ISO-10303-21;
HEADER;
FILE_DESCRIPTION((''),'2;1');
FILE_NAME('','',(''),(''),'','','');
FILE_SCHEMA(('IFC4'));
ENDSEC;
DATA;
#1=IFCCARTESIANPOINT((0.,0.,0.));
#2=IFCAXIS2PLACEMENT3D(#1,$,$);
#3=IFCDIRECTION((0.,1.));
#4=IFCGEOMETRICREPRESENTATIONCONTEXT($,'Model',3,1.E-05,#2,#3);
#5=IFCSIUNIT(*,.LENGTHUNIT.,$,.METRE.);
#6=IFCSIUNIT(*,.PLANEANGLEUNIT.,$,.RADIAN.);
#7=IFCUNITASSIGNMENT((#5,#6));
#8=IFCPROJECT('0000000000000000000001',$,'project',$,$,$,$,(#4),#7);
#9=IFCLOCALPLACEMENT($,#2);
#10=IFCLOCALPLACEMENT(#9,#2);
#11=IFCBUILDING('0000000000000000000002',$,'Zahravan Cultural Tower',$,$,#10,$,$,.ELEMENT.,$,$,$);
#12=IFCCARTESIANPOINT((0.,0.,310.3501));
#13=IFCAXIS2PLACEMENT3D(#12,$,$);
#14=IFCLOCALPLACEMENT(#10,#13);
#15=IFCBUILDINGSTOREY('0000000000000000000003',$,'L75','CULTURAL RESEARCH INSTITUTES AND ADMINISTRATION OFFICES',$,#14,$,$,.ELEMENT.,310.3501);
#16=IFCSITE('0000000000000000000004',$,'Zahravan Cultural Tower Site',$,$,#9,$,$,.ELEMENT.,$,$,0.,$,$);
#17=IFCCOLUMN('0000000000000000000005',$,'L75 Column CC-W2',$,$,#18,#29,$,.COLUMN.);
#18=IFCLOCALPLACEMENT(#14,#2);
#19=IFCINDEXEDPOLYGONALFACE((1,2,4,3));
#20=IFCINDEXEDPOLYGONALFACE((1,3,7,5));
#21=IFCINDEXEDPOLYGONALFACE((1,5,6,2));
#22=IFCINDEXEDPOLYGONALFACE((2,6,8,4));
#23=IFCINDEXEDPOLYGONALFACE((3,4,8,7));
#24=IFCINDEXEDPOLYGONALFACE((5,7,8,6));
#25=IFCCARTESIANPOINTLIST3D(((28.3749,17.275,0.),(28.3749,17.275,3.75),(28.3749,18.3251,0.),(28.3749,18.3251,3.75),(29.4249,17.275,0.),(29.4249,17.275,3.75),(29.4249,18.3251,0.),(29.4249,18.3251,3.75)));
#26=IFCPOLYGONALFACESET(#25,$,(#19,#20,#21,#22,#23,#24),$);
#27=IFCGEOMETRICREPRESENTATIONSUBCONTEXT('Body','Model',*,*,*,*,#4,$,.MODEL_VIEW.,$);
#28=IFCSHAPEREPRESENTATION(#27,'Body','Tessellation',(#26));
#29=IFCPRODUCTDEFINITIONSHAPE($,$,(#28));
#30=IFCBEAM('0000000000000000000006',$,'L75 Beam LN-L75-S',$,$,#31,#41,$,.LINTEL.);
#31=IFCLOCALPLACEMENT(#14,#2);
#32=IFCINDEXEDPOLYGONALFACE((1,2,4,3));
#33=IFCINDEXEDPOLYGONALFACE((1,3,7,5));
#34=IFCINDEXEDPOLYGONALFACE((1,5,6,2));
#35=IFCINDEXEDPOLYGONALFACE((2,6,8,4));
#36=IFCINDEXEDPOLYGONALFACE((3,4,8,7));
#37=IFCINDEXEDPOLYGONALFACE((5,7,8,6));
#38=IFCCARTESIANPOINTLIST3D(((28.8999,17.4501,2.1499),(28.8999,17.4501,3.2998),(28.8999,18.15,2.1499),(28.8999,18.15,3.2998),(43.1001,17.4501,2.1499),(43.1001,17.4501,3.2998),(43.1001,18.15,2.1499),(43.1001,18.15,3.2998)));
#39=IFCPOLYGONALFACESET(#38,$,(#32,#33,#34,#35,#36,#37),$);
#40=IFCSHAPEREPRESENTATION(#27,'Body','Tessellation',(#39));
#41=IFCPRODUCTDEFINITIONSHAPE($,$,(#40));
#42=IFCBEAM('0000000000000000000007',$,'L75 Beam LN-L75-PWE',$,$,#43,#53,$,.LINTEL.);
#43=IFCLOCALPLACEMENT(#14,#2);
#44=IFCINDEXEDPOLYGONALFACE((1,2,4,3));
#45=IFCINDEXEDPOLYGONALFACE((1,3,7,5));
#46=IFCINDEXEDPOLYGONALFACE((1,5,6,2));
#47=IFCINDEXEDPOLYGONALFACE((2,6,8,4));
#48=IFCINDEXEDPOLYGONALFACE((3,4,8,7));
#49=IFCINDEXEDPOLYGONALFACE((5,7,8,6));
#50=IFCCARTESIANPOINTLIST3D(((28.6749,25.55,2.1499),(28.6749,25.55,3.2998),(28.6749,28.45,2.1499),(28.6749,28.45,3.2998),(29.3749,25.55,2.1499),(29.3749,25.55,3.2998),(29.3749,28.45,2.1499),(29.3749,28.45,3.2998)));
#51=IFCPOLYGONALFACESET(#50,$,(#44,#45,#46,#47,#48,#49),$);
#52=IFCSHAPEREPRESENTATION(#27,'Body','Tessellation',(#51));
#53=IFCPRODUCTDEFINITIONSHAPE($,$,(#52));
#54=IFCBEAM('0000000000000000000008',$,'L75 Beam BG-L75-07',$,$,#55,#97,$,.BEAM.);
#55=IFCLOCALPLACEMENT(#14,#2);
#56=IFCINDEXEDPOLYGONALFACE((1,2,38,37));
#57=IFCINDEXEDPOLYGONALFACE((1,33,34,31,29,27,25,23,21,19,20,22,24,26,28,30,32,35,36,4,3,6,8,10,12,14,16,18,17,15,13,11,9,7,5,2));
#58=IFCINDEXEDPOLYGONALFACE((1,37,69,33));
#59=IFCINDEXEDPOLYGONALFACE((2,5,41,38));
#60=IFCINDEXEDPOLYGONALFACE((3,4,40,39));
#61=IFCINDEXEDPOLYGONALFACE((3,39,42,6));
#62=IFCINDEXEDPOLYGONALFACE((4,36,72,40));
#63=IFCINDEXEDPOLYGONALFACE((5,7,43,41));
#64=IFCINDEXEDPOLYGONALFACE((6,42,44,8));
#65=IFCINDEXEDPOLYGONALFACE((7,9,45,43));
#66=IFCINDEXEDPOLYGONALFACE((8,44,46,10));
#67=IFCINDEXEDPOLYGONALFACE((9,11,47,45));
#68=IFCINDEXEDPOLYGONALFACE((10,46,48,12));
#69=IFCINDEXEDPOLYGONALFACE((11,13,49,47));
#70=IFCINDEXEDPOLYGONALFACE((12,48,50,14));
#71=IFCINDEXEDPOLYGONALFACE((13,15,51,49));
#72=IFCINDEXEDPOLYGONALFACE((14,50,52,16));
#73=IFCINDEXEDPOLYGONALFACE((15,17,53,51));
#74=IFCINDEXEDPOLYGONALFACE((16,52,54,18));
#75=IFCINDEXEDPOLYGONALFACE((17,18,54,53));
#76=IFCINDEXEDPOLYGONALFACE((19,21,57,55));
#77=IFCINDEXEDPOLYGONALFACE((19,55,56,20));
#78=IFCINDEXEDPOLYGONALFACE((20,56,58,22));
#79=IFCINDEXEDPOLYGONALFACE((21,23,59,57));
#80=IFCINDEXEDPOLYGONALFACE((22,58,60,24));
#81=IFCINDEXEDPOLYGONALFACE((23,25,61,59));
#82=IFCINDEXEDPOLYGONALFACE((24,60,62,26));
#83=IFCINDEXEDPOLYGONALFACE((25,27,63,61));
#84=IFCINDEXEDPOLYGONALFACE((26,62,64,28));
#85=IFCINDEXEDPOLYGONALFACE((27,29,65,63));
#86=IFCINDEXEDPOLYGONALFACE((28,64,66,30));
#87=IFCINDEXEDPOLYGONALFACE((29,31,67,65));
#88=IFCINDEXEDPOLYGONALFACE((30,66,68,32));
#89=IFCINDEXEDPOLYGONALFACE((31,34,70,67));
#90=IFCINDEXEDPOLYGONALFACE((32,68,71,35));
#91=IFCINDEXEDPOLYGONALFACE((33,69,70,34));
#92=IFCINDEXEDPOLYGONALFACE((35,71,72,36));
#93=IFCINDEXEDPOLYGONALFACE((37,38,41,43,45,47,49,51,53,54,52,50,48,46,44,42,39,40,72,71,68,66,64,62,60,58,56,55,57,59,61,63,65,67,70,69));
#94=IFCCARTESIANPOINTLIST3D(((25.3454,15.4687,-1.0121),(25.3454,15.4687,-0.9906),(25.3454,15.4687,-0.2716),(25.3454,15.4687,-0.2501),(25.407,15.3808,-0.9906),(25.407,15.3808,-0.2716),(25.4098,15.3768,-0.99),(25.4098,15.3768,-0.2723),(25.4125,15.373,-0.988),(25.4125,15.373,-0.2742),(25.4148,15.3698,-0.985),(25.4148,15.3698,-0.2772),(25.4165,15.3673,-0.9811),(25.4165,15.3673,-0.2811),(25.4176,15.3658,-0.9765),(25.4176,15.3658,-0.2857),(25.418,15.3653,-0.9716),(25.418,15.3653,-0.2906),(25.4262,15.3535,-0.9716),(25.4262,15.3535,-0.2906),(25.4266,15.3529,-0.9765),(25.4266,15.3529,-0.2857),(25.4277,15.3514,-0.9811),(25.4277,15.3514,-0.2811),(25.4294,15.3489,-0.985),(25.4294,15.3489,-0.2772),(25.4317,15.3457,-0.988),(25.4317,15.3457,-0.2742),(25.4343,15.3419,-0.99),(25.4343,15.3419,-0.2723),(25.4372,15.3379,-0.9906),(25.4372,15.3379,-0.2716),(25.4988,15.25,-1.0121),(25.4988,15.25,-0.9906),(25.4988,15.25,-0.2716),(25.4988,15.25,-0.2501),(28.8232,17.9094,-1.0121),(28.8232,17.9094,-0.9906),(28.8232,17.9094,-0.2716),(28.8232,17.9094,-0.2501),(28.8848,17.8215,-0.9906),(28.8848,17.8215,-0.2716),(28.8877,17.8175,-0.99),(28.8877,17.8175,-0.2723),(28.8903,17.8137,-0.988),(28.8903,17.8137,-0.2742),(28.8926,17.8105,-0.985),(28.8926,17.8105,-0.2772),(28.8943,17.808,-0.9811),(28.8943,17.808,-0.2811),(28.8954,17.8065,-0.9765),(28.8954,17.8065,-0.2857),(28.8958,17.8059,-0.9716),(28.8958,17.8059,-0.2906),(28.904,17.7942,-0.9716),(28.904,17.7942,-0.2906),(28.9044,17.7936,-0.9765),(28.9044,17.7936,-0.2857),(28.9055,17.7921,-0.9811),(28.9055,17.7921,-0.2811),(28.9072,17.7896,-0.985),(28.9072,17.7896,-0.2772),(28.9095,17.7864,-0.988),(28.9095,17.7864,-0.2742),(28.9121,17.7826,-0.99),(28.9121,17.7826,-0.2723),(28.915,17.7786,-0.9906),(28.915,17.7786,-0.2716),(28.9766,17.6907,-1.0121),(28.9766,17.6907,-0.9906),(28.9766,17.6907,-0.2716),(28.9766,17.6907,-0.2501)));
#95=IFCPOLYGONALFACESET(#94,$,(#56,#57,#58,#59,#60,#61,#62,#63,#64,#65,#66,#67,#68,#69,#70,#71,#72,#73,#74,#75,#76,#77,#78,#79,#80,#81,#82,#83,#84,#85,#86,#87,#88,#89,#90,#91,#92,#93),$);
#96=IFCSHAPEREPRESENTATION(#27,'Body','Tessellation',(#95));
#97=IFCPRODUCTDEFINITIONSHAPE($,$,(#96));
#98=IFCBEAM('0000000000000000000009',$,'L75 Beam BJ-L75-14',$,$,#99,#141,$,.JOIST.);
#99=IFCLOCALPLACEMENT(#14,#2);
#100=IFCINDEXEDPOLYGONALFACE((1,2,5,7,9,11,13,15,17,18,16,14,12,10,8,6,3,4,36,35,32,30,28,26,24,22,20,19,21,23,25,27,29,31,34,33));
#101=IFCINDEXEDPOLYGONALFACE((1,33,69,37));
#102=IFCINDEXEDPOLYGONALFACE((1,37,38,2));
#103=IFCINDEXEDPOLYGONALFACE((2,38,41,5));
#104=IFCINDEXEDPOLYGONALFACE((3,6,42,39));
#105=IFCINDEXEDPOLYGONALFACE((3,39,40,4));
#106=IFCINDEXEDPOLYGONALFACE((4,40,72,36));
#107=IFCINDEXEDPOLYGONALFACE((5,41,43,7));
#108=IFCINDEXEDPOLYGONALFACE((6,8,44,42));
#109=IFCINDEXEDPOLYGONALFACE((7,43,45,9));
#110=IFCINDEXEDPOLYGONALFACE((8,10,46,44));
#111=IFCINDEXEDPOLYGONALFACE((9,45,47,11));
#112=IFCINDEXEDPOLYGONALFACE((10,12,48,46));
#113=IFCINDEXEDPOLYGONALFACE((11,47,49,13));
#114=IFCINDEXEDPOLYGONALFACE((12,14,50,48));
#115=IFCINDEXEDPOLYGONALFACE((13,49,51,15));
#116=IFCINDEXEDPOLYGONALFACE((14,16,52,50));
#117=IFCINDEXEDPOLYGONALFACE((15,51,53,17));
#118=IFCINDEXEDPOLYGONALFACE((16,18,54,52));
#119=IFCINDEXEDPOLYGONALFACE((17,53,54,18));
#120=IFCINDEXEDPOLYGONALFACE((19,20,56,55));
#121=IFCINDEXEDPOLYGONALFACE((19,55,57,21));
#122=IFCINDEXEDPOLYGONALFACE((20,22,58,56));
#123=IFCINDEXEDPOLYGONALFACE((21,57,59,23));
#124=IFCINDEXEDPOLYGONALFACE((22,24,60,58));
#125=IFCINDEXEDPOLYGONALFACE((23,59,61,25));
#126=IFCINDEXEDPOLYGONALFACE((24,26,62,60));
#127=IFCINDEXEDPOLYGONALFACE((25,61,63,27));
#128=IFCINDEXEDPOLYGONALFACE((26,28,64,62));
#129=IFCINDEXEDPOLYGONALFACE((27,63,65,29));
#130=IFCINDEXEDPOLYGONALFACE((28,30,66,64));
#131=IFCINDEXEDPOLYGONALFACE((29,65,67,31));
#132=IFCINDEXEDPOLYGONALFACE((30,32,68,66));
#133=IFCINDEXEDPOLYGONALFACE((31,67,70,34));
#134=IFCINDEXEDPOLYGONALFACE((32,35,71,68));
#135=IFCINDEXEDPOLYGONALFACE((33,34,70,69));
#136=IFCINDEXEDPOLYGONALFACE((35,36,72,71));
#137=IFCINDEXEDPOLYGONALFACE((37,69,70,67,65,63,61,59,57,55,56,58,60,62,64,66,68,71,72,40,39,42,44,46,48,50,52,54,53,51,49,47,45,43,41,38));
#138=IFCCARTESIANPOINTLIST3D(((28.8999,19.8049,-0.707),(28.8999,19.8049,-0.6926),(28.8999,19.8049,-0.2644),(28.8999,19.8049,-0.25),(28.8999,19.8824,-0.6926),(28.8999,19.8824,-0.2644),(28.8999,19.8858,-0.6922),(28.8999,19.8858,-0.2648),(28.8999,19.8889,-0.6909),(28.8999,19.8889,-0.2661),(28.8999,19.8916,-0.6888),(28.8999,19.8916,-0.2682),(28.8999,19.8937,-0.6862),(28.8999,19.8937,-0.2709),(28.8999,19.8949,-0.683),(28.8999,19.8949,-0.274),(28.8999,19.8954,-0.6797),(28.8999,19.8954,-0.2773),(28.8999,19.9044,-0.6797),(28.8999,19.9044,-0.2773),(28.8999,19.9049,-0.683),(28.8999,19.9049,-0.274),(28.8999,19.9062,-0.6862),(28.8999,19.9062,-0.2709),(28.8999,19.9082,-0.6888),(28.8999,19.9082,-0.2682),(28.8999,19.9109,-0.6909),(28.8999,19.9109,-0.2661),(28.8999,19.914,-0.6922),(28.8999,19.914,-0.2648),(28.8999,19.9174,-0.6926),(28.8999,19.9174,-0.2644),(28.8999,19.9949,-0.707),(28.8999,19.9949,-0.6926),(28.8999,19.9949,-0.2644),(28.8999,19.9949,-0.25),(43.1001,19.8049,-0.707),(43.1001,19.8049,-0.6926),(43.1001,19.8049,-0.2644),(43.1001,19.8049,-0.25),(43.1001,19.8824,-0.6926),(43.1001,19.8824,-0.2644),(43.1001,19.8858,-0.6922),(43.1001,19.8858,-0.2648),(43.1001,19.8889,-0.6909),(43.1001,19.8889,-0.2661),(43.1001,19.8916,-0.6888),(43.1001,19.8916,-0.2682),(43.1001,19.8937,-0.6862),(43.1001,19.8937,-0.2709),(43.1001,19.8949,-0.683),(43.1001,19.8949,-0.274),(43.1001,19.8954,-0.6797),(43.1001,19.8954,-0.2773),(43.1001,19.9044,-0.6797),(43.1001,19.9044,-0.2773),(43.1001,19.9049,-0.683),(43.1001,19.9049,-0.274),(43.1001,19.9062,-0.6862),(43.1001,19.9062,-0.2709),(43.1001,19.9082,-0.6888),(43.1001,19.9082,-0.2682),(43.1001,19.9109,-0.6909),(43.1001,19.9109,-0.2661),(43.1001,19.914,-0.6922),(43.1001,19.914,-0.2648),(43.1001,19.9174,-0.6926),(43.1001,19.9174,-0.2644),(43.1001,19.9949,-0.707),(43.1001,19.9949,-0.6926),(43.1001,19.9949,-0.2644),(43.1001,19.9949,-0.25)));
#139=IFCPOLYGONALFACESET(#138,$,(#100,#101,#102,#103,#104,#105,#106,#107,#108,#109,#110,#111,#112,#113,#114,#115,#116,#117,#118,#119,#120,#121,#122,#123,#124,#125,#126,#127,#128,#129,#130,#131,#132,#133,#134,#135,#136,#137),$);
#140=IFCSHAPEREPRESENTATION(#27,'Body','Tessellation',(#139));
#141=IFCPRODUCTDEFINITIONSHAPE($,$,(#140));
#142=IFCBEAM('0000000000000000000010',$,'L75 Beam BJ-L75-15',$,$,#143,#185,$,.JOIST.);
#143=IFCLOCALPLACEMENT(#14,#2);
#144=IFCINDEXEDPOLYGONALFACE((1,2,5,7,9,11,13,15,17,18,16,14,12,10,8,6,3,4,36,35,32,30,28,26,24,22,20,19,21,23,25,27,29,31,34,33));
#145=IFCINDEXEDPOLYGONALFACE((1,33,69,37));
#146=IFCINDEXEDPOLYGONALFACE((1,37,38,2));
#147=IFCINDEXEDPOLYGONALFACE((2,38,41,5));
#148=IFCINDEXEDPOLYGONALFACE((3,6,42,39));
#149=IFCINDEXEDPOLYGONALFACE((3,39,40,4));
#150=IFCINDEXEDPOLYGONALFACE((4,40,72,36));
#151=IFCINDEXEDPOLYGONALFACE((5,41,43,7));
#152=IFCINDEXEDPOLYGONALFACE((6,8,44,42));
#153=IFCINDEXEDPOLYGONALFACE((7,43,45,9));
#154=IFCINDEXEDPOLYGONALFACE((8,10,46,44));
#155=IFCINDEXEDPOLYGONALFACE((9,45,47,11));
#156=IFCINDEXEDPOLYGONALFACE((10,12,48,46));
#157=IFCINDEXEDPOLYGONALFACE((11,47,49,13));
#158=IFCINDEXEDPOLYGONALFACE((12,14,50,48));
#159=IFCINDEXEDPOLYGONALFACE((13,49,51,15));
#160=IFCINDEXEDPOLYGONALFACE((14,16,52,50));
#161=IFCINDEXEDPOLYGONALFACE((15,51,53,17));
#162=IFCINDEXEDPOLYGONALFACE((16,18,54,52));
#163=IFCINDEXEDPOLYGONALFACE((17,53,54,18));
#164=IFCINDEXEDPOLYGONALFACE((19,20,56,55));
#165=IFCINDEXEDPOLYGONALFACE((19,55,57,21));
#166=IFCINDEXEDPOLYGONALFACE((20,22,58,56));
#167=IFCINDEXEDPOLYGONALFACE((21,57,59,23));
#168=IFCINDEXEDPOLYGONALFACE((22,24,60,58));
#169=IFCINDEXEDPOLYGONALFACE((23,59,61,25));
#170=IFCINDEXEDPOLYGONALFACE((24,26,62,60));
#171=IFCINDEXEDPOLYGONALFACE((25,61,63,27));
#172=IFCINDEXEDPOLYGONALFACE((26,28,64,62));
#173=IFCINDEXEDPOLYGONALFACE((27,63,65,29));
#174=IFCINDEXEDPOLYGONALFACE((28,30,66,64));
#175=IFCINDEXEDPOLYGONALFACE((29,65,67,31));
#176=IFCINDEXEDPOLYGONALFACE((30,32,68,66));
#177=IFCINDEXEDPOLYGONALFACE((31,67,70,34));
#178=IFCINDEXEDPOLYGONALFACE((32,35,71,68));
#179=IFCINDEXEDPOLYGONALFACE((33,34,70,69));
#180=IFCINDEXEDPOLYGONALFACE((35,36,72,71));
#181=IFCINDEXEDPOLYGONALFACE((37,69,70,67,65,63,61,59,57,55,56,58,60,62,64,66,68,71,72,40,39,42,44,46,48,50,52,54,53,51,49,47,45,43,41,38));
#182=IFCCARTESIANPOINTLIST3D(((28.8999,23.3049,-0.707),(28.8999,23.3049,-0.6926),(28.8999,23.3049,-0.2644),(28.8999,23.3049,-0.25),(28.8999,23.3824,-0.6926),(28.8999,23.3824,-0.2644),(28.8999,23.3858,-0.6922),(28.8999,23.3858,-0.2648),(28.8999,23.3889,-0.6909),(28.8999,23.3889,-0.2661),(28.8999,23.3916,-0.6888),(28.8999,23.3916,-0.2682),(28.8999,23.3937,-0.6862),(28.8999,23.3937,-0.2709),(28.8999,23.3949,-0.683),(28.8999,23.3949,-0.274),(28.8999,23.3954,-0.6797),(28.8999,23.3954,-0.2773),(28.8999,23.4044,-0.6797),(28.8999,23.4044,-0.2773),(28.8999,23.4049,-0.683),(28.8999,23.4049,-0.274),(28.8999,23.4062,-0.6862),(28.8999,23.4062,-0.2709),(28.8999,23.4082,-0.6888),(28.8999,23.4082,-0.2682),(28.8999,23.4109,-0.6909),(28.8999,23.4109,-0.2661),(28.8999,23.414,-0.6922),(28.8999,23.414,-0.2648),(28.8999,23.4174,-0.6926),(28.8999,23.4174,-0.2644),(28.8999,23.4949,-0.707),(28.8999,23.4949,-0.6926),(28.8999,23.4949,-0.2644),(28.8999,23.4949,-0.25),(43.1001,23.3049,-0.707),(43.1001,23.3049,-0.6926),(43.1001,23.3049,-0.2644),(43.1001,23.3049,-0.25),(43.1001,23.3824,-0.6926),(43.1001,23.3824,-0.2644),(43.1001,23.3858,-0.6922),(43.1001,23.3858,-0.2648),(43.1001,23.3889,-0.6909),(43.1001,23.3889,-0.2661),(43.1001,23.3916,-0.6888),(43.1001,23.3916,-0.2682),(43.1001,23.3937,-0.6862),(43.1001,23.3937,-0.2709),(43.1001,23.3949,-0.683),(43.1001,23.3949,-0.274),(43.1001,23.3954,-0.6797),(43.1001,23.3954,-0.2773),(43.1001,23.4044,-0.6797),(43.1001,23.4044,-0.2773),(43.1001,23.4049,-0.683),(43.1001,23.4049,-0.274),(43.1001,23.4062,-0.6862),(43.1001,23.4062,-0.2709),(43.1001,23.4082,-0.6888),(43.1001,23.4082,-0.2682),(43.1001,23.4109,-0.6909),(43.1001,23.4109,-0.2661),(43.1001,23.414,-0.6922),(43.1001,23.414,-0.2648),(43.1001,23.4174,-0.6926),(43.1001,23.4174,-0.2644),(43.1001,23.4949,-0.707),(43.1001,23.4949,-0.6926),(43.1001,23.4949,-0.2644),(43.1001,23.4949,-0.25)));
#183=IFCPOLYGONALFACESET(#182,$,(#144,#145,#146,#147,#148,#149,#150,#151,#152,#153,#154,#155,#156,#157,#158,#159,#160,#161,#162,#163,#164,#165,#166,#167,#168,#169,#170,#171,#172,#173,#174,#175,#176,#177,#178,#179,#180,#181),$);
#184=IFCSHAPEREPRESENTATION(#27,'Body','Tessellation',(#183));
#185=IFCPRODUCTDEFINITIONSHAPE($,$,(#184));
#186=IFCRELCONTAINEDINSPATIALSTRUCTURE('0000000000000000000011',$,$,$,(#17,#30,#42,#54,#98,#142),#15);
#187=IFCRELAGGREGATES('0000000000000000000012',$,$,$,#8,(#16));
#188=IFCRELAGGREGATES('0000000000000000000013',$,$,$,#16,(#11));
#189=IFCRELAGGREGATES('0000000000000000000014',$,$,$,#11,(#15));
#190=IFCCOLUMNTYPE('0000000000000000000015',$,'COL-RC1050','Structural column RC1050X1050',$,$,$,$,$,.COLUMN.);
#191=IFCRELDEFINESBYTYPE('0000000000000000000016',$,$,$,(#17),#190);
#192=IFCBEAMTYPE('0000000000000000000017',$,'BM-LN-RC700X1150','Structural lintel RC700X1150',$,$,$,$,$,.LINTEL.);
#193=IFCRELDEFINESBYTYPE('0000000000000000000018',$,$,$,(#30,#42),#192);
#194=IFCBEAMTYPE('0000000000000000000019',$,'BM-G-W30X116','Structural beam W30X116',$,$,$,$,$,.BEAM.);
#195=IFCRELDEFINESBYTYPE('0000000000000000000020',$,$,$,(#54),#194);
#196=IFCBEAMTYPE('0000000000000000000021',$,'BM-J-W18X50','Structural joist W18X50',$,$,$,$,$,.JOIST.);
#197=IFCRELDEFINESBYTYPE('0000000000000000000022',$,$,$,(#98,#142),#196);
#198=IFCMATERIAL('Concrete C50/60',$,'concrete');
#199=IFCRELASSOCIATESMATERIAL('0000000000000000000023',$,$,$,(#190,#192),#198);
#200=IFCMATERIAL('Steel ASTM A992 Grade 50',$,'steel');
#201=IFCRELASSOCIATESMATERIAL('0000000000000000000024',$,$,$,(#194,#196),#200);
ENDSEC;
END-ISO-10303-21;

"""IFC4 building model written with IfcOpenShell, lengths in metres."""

from ifc_helpers import new_model, si_unit, direction, frame, origin, origin_2d, place, context, subcontext, project, spatial, rectangle, i_section, extrude, source, transform, mapped, material, material_profile, profile_set, type_object, element, save


model = new_model("IFC4")

# Units and contexts
model_context = context("Model", 3, precision=1e-05, world=origin(), true_north=direction((0.0, 1.0)))
body_context = subcontext(model_context, "Body", "Model", "MODEL_VIEW")
ifc_project = project(units=[si_unit("LENGTHUNIT", "METRE"), si_unit("PLANEANGLEUNIT", "RADIAN")], contexts=[model_context])

# Site, building, storey
site_placement = place(None, origin())
site = spatial("IfcSite", under=ifc_project, at=site_placement, Name="Zahravan Cultural Tower Site", CompositionType="ELEMENT", RefElevation=0.0)
building_placement = place(site_placement, origin())
building = spatial("IfcBuilding", under=site, at=building_placement, Name="Zahravan Cultural Tower", CompositionType="ELEMENT")
storey_placement = place(building_placement, frame((0.0, 0.0, 310.3501)))
storey = spatial("IfcBuildingStorey", under=building, at=storey_placement, Name="L75", Description="CULTURAL RESEARCH INSTITUTES AND ADMINISTRATION OFFICES", CompositionType="ELEMENT", Elevation=310.3501)

# Column
ifc_material_1 = material(Name="Concrete C50/60", Category="concrete")
ifc_material_profile_1 = material_profile(ifc_material_1, rectangle(XDim=1.05, YDim=1.05, at=origin_2d()), Name="RC1050X1050")
ifc_profile_set_1 = profile_set([ifc_material_profile_1], Name="Concrete C50/60")
column_type = type_object("IfcColumnType", Name="COL-RC1050", Description="Structural column RC1050X1050", PredefinedType="COLUMN", material=ifc_profile_set_1)
shared_shape_1 = source(origin(), body_context, "Body", "SweptSolid", [
    extrude(rectangle(XDim=1.05, YDim=1.05, at=origin_2d()), origin(), (0.0, 0.0, 1.0), 3.75),
])
column_placement = place(storey_placement, frame((28.8999, 17.8, 0.0), z_axis=(0.0, 0.0, 1.0), x_axis=(1.0, 0.0, 0.0)))
element("IfcColumn", 1, at=column_placement, inside=storey, type_object=column_type, Name="L75 Column CC-W2", PredefinedType="COLUMN", context=body_context, shape_type="MappedRepresentation", body=[
    mapped(shared_shape_1, transform((0.0, 0.0, 0.0), x_axis=(1.0, 0.0, 0.0), y_axis=(0.0, 1.0, 0.0), z_axis=(0.0, 0.0, 1.0), scale=1.0)),
])

# Beams
ifc_material_profile_2 = material_profile(ifc_material_1, rectangle(XDim=0.7, YDim=1.1499, at=origin_2d()), Name="RC700X1150")
ifc_profile_set_2 = profile_set([ifc_material_profile_2], Name="Concrete C50/60")
beam_type_1 = type_object("IfcBeamType", Name="BM-LN-RC700X1150", Description="Structural lintel RC700X1150", PredefinedType="LINTEL", material=ifc_profile_set_2)
shared_shape_2 = source(origin(), body_context, "Body", "SweptSolid", [
    extrude(rectangle(XDim=0.7, YDim=1.1499, at=origin_2d()), origin(), (0.0, 0.0, 1.0), 14.2002),
])
beam_1_placement = place(storey_placement, frame((28.8999, 17.8, 2.7249), z_axis=(1.0, 0.0, 0.0), x_axis=(0.0, 1.0, 0.0)))
element("IfcBeam", 2, at=beam_1_placement, inside=storey, type_object=beam_type_1, Name="L75 Beam LN-L75-S", PredefinedType="LINTEL", context=body_context, shape_type="MappedRepresentation", body=[
    mapped(shared_shape_2, transform((0.0, 0.0, 0.0), x_axis=(1.0, 0.0, 0.0), y_axis=(0.0, 1.0, 0.0), z_axis=(0.0, 0.0, 1.0), scale=1.0)),
])
shared_shape_3 = source(origin(), body_context, "Body", "SweptSolid", [
    extrude(rectangle(XDim=0.7, YDim=1.1499, at=origin_2d()), origin(), (0.0, 0.0, 1.0), 2.8999),
])
beam_2_placement = place(storey_placement, frame((29.0249, 25.55, 2.7249), z_axis=(0.0, 1.0, 0.0), x_axis=(-1.0, 0.0, 0.0)))
element("IfcBeam", 3, at=beam_2_placement, inside=storey, type_object=beam_type_1, Name="L75 Beam LN-L75-PWE", PredefinedType="LINTEL", context=body_context, shape_type="MappedRepresentation", body=[
    mapped(shared_shape_3, transform((0.0, 0.0, 0.0), x_axis=(1.0, 0.0, 0.0), y_axis=(0.0, 1.0, 0.0), z_axis=(0.0, 0.0, 1.0), scale=1.0)),
])
ifc_material_2 = material(Name="Steel ASTM A992 Grade 50", Category="steel")
ifc_material_profile_3 = material_profile(ifc_material_2, i_section(OverallWidth=0.2671, OverallDepth=0.762, WebThickness=0.0144, FlangeThickness=0.0215, FilletRadius=0.019, at=origin_2d()), Name="W30X116")
ifc_profile_set_3 = profile_set([ifc_material_profile_3], Name="Steel ASTM A992 Grade 50")
beam_type_2 = type_object("IfcBeamType", Name="BM-G-W30X116", Description="Structural beam W30X116", PredefinedType="BEAM", material=ifc_profile_set_3)
shared_shape_4 = source(origin(), body_context, "Body", "SweptSolid", [
    extrude(i_section(OverallWidth=0.2671, OverallDepth=0.762, WebThickness=0.0144, FlangeThickness=0.0215, FilletRadius=0.019, at=origin_2d()), origin(), (0.0, 0.0, 1.0), 4.2488),
])
beam_3_placement = place(storey_placement, frame((28.8999, 17.8, -0.6311), z_axis=(-0.818543, -0.574445, 0.0), x_axis=(0.574445, -0.818543, 0.0)))
element("IfcBeam", 4, at=beam_3_placement, inside=storey, type_object=beam_type_2, Name="L75 Beam BG-L75-07", PredefinedType="BEAM", context=body_context, shape_type="MappedRepresentation", body=[
    mapped(shared_shape_4, transform((0.0, 0.0, 0.0), x_axis=(1.0, 0.0, 0.0), y_axis=(0.0, 1.0, 0.0), z_axis=(0.0, 0.0, 1.0), scale=1.0)),
])
ifc_material_profile_4 = material_profile(ifc_material_2, i_section(OverallWidth=0.1899, OverallDepth=0.457, WebThickness=0.009, FlangeThickness=0.0144, FilletRadius=0.0129, at=origin_2d()), Name="W18X50")
ifc_profile_set_4 = profile_set([ifc_material_profile_4], Name="Steel ASTM A992 Grade 50")
beam_type_3 = type_object("IfcBeamType", Name="BM-J-W18X50", Description="Structural joist W18X50", PredefinedType="JOIST", material=ifc_profile_set_4)
shared_shape_5 = source(origin(), body_context, "Body", "SweptSolid", [
    extrude(i_section(OverallWidth=0.1899, OverallDepth=0.457, WebThickness=0.009, FlangeThickness=0.0144, FilletRadius=0.0129, at=origin_2d()), origin(), (0.0, 0.0, 1.0), 14.2002),
])
for number, where, z_axis, x_axis, name in (
    (5, (28.8999, 19.8999, -0.4785), (1.0, 0.0, 0.0), (0.0, 1.0, 0.0), "L75 Beam BJ-L75-14"),
    (6, (28.8999, 23.3999, -0.4785), (1.0, 0.0, 0.0), (0.0, 1.0, 0.0), "L75 Beam BJ-L75-15"),
):
    element("IfcBeam", number, at=place(storey_placement, frame(where, z_axis=z_axis, x_axis=x_axis)), inside=storey, type_object=beam_type_3, Name=name, PredefinedType="JOIST", context=body_context, shape_type="MappedRepresentation", body=[
        mapped(shared_shape_5, transform((0.0, 0.0, 0.0), x_axis=(1.0, 0.0, 0.0), y_axis=(0.0, 1.0, 0.0), z_axis=(0.0, 0.0, 1.0), scale=1.0)),
    ])

save(model, "model.ifc")
